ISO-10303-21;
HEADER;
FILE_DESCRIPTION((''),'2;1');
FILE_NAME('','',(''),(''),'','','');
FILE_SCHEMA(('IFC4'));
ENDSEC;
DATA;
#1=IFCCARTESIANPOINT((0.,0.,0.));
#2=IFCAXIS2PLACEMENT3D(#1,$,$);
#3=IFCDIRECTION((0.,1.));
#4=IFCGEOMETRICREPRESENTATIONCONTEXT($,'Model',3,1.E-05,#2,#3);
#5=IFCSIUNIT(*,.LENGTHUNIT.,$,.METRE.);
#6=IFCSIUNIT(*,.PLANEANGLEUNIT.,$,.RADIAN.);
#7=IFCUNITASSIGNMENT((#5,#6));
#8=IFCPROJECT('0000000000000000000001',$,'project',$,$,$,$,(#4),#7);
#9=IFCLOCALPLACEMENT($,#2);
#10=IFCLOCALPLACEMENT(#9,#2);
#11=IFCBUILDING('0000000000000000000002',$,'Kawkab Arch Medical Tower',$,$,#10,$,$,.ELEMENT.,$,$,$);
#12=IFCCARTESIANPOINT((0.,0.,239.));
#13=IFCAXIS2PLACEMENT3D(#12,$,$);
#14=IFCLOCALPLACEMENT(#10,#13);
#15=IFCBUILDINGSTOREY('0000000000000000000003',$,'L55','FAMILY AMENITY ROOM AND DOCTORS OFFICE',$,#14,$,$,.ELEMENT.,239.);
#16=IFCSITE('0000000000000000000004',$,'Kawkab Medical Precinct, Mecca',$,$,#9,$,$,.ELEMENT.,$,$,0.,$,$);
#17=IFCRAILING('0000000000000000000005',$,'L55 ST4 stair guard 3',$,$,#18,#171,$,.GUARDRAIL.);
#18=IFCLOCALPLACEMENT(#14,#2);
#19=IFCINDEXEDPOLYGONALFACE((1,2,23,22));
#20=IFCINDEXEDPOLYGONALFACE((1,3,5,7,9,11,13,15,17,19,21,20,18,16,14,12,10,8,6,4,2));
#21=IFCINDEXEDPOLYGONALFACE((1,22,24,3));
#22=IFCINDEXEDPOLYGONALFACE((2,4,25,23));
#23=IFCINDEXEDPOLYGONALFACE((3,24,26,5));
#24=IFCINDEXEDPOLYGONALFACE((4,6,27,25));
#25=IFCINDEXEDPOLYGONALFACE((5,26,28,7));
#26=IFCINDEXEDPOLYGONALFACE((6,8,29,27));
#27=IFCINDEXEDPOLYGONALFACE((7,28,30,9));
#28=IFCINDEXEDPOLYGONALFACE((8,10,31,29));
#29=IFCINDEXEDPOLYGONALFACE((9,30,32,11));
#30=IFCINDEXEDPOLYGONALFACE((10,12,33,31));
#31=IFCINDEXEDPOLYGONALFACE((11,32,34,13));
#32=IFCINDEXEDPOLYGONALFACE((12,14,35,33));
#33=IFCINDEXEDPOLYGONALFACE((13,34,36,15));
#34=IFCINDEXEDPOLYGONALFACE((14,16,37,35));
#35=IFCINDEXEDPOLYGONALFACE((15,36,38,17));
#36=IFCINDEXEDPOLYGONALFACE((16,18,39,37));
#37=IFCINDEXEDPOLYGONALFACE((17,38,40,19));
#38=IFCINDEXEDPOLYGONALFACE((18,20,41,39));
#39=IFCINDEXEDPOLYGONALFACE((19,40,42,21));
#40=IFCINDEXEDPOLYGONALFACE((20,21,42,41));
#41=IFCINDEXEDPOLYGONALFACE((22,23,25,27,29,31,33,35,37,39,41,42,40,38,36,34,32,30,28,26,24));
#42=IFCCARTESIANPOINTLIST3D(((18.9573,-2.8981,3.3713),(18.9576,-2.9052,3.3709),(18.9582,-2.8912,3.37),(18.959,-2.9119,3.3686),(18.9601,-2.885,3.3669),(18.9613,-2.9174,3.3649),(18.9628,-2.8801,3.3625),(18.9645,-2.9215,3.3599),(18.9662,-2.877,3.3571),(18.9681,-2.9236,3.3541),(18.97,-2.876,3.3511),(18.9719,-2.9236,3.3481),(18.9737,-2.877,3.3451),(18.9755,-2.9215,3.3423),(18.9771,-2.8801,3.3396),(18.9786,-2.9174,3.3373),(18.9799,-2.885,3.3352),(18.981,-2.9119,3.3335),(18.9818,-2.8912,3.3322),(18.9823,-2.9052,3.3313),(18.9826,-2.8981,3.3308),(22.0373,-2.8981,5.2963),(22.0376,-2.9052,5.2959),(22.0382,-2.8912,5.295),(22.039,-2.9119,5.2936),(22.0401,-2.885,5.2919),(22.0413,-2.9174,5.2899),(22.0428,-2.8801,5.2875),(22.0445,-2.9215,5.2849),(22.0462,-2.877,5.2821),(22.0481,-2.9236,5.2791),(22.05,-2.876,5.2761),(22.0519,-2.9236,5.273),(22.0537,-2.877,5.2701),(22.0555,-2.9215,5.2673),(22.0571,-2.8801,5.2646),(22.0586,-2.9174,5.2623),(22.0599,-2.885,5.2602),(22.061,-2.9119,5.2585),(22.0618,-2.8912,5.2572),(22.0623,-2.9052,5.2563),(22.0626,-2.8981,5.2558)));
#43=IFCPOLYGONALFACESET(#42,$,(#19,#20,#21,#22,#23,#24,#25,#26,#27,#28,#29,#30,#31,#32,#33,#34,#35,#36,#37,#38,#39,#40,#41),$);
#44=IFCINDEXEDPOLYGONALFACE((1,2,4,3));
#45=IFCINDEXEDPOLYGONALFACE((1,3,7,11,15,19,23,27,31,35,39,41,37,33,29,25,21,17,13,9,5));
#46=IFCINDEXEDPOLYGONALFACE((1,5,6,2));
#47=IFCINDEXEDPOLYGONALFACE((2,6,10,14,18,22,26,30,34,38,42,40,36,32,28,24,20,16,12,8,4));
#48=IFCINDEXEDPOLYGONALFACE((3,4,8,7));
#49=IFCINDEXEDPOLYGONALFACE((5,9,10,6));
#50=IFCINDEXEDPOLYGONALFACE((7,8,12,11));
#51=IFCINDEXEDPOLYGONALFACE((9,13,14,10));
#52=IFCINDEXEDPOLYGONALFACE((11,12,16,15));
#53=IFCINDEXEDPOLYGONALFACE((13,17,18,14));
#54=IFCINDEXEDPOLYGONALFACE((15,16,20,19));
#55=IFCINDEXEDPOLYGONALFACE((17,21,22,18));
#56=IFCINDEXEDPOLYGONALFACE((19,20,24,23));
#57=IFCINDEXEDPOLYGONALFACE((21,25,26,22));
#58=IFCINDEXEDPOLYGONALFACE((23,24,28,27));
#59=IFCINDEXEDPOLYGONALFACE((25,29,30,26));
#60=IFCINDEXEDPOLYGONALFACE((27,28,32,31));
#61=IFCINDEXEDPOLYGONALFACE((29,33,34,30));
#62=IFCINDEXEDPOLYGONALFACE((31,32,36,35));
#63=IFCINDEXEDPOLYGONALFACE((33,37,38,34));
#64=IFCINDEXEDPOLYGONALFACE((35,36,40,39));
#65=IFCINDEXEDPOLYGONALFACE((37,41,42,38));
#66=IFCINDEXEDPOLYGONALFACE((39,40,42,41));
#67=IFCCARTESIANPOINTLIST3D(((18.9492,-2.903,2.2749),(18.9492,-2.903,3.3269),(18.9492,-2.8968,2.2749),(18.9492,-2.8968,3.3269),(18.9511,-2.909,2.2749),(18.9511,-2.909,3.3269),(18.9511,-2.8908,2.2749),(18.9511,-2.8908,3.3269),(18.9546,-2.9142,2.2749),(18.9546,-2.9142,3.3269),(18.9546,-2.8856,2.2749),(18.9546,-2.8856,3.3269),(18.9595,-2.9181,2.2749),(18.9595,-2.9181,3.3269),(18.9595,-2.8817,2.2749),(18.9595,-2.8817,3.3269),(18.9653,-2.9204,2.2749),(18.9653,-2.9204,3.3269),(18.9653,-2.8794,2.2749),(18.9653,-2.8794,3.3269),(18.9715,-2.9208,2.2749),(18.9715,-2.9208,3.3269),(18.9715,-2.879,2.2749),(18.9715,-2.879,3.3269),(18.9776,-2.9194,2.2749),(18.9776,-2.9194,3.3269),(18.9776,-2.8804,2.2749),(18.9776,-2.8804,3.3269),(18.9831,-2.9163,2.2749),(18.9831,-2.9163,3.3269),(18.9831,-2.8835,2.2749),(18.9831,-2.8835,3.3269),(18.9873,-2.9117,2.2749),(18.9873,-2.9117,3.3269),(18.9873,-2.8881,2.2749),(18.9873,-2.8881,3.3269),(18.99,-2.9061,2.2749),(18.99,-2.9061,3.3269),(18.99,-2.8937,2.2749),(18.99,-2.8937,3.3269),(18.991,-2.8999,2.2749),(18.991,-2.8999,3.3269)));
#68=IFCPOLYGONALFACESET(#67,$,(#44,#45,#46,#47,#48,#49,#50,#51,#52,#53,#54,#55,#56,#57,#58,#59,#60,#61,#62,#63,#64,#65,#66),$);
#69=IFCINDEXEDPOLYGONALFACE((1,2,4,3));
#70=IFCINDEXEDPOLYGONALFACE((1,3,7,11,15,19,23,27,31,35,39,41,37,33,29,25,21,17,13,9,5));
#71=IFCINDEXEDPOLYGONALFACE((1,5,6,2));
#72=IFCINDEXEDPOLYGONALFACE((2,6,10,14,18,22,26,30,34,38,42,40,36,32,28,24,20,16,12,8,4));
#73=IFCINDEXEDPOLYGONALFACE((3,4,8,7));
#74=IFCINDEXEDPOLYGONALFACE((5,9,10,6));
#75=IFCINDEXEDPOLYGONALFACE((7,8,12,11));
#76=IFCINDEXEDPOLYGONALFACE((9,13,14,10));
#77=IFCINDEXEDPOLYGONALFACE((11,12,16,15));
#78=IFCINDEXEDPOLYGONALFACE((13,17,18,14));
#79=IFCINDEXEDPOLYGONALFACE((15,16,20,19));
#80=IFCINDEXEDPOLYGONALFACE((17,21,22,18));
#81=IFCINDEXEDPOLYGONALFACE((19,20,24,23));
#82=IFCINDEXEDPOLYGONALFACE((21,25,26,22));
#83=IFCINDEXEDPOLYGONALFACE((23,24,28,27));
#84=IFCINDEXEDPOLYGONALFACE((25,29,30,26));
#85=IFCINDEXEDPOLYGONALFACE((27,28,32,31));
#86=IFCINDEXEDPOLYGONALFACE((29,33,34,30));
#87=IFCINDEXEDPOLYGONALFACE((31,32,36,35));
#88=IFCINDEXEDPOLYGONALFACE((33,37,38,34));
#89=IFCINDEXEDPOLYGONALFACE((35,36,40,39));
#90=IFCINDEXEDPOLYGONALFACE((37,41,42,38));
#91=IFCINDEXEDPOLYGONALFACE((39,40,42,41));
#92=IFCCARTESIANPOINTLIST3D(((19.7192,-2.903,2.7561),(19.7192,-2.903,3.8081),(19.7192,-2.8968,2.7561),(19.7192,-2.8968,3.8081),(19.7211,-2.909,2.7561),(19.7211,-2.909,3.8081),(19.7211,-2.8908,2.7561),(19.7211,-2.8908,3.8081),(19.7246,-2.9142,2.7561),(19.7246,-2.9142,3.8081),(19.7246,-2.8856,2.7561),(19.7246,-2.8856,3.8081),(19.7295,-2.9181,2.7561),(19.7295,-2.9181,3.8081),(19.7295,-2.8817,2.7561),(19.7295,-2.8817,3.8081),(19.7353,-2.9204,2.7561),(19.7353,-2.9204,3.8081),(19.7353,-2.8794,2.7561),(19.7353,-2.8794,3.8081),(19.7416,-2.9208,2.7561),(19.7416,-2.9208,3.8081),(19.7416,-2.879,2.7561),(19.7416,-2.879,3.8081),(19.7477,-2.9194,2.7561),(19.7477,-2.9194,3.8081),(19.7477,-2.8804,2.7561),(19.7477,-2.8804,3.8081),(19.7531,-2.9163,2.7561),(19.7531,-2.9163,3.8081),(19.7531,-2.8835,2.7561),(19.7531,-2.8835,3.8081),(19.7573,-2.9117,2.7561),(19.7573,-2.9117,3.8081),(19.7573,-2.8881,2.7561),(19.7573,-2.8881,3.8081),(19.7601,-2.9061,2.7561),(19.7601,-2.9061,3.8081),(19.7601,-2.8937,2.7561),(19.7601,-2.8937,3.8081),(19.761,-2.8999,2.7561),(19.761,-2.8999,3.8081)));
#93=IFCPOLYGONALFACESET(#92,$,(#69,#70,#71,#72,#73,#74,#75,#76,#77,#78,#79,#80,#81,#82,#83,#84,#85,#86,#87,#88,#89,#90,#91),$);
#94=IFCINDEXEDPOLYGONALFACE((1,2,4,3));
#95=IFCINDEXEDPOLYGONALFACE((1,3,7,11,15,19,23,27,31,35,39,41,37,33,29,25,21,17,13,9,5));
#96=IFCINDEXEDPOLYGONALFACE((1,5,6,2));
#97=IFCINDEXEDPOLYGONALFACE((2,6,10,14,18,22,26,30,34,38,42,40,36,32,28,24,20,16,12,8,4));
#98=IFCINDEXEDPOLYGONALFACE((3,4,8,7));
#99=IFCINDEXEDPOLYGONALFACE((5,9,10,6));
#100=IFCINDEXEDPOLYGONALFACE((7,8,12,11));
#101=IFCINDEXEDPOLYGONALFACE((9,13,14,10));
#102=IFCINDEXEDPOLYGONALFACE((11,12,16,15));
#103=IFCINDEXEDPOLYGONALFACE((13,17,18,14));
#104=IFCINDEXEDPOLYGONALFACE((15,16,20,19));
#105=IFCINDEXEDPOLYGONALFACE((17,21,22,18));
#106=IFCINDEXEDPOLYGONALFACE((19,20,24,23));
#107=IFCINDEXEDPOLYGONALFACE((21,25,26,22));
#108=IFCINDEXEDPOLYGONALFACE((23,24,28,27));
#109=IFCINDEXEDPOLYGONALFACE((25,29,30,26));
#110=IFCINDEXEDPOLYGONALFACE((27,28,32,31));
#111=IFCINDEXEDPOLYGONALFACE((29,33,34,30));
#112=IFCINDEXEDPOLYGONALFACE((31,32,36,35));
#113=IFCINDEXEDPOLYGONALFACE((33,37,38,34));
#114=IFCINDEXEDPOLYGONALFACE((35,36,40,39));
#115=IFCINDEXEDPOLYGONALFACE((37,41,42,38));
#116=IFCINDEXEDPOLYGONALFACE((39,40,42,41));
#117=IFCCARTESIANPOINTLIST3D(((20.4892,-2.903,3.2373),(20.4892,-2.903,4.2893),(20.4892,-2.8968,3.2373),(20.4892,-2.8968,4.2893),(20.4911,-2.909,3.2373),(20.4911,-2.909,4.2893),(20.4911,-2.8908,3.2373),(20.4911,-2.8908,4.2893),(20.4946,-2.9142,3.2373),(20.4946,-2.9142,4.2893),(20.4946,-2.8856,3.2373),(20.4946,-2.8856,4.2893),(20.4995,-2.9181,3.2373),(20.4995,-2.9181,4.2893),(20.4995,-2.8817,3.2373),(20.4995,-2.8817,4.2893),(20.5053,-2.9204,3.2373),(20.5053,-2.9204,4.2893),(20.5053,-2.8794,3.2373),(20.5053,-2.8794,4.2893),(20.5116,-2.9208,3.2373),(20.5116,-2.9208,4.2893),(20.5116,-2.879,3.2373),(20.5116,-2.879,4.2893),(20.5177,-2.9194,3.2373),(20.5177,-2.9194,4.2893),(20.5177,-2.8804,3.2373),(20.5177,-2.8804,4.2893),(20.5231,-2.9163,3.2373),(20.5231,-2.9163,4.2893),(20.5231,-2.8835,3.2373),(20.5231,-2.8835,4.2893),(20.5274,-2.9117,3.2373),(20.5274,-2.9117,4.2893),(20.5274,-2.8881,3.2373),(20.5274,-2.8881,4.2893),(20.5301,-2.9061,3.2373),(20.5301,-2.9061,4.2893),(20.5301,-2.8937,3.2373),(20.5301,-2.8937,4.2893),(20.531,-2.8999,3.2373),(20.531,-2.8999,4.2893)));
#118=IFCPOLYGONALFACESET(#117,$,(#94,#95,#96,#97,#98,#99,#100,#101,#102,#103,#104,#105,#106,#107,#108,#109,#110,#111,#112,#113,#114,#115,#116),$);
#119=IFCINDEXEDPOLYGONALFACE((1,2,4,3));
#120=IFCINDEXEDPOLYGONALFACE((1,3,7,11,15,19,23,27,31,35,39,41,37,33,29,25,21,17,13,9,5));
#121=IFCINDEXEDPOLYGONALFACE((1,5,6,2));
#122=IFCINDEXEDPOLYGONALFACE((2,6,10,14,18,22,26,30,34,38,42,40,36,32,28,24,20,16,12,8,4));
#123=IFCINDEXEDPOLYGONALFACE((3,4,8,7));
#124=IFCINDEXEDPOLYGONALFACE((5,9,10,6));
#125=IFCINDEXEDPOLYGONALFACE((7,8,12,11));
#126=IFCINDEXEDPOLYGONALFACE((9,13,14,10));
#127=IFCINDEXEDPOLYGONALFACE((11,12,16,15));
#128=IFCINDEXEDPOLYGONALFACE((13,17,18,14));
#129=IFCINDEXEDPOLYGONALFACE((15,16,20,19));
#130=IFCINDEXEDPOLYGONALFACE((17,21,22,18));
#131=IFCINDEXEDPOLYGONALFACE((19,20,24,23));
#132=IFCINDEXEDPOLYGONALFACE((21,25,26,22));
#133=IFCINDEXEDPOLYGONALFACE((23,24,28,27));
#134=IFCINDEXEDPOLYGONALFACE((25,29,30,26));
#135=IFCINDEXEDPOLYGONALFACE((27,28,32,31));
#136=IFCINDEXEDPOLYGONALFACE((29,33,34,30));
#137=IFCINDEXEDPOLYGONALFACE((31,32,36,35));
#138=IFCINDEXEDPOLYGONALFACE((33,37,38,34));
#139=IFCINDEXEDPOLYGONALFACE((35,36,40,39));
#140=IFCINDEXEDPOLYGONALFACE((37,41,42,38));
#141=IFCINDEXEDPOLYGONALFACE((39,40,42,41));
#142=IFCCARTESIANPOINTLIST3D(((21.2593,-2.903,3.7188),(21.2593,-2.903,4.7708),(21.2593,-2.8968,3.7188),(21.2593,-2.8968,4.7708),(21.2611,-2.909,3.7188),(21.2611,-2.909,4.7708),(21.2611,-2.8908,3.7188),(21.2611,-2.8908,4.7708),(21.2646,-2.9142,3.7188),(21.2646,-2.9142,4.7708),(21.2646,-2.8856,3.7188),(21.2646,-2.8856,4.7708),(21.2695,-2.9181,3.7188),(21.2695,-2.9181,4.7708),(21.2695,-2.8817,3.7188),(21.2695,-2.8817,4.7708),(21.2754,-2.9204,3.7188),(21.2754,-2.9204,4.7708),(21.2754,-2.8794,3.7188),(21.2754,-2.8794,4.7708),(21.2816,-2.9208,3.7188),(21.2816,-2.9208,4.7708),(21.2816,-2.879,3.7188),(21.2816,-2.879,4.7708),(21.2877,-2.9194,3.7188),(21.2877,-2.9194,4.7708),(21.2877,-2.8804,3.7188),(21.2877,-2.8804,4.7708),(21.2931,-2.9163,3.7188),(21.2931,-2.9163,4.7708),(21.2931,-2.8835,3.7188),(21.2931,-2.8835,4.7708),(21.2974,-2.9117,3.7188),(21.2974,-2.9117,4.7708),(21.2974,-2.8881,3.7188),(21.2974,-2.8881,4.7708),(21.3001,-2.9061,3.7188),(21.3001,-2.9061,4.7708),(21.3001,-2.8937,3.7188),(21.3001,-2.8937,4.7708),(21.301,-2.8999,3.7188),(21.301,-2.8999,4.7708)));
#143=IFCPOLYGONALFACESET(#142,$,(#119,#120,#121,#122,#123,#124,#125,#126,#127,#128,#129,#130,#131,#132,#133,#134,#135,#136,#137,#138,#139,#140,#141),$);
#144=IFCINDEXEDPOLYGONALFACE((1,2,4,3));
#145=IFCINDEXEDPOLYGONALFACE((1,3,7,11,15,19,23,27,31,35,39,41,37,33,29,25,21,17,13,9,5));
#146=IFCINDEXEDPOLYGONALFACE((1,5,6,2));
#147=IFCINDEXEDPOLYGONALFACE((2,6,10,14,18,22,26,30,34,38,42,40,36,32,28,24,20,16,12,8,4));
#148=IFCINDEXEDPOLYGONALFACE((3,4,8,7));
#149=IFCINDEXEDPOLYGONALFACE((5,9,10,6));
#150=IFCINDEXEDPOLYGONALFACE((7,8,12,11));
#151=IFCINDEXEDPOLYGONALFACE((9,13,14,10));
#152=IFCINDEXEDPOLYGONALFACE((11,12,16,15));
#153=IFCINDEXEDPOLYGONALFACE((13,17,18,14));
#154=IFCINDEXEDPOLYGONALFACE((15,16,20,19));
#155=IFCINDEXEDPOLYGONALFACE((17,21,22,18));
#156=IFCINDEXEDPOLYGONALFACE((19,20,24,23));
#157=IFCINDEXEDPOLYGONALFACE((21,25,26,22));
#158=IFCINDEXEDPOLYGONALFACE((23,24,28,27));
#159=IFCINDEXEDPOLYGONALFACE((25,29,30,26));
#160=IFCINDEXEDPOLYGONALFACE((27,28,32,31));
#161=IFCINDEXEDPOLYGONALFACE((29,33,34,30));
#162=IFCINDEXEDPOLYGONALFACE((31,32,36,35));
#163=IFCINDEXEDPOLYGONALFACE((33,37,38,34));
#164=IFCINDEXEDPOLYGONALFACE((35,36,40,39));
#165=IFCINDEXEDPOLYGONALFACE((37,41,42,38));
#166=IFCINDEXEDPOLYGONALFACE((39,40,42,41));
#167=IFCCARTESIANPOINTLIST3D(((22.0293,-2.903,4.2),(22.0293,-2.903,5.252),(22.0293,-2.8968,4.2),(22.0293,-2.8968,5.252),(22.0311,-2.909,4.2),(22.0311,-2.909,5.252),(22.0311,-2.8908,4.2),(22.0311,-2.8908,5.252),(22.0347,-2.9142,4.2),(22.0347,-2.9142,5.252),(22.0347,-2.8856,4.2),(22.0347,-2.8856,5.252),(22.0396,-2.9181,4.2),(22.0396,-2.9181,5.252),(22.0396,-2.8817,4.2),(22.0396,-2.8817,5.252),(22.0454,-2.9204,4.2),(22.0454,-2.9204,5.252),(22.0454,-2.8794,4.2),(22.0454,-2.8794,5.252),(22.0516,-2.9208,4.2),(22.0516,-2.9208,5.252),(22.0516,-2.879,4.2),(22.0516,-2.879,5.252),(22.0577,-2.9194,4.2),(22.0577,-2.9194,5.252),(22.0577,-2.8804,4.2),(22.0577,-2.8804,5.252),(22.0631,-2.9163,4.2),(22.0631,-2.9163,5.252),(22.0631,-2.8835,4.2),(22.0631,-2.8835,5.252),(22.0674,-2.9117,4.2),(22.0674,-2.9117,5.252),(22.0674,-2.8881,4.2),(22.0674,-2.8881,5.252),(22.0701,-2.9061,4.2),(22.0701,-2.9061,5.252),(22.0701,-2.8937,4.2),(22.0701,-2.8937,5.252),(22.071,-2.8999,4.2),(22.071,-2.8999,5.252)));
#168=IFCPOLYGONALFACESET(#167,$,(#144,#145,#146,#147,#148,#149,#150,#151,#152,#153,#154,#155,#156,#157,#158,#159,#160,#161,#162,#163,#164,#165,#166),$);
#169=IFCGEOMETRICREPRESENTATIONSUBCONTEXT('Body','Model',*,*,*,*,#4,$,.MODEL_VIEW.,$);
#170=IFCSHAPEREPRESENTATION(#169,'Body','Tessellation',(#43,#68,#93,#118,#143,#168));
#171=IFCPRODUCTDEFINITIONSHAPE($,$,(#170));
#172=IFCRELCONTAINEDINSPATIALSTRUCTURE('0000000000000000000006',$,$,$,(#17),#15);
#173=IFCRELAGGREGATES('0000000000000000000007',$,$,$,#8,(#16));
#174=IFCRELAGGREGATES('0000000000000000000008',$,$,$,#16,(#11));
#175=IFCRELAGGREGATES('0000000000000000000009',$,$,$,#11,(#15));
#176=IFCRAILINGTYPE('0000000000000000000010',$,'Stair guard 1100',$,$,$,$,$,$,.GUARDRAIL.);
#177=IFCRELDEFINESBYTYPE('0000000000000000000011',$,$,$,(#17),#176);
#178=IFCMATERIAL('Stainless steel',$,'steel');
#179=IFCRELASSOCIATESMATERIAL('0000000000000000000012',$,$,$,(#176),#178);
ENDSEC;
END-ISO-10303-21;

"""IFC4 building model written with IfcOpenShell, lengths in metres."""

from ifc_helpers import new_model, si_unit, direction, frame, origin, origin_2d, place, context, subcontext, project, spatial, circle, extrude, material, type_object, element, save


model = new_model("IFC4")

# Units and contexts
model_context = context("Model", 3, precision=1e-05, world=origin(), true_north=direction((0.0, 1.0)))
body_context = subcontext(model_context, "Body", "Model", "MODEL_VIEW")
ifc_project = project(units=[si_unit("LENGTHUNIT", "METRE"), si_unit("PLANEANGLEUNIT", "RADIAN")], contexts=[model_context])

# Site, building, storey
site_placement = place(None, origin())
site = spatial("IfcSite", under=ifc_project, at=site_placement, Name="Kawkab Medical Precinct, Mecca", CompositionType="ELEMENT", RefElevation=0.0)
building_placement = place(site_placement, origin())
building = spatial("IfcBuilding", under=site, at=building_placement, Name="Kawkab Arch Medical Tower", CompositionType="ELEMENT")
storey_placement = place(building_placement, frame((0.0, 0.0, 239.0)))
storey = spatial("IfcBuildingStorey", under=building, at=storey_placement, Name="L55", Description="FAMILY AMENITY ROOM AND DOCTORS OFFICE", CompositionType="ELEMENT", Elevation=239.0)

# Railing
ifc_material_1 = material(Name="Stainless steel", Category="steel")
railing_type_1 = type_object("IfcRailingType", Name="Stair guard 1100", PredefinedType="GUARDRAIL", material=ifc_material_1)
railing_1_placement = place(storey_placement, frame((18.97, -2.8999, 2.2749)))
element("IfcRailing", 1, at=railing_1_placement, inside=storey, type_object=railing_type_1, Name="L55 ST4 stair guard 3", PredefinedType="GUARDRAIL", context=body_context, shape_type="SweptSolid", body=[
    extrude(circle(Radius=0.0239, at=origin_2d()), frame((0.0, 0.0, 1.0762), z_axis=(0.847998, 0.0, 0.529999), x_axis=(0.0, 1.0, 0.0)), (0.0, 0.0, 1.0), 3.6321),
    extrude(circle(Radius=0.021, at=origin_2d()), origin(), (0.0, 0.0, 1.0), 1.052),
    extrude(circle(Radius=0.021, at=origin_2d()), frame((0.77, 0.0, 0.4812)), (0.0, 0.0, 1.0), 1.052),
    extrude(circle(Radius=0.021, at=origin_2d()), frame((1.54, 0.0, 0.9624)), (0.0, 0.0, 1.0), 1.052),
    extrude(circle(Radius=0.021, at=origin_2d()), frame((2.3101, 0.0, 1.4438)), (0.0, 0.0, 1.0), 1.052),
    extrude(circle(Radius=0.021, at=origin_2d()), frame((3.0801, 0.0, 1.925)), (0.0, 0.0, 1.0), 1.052),
])

save(model, "model.ifc")
